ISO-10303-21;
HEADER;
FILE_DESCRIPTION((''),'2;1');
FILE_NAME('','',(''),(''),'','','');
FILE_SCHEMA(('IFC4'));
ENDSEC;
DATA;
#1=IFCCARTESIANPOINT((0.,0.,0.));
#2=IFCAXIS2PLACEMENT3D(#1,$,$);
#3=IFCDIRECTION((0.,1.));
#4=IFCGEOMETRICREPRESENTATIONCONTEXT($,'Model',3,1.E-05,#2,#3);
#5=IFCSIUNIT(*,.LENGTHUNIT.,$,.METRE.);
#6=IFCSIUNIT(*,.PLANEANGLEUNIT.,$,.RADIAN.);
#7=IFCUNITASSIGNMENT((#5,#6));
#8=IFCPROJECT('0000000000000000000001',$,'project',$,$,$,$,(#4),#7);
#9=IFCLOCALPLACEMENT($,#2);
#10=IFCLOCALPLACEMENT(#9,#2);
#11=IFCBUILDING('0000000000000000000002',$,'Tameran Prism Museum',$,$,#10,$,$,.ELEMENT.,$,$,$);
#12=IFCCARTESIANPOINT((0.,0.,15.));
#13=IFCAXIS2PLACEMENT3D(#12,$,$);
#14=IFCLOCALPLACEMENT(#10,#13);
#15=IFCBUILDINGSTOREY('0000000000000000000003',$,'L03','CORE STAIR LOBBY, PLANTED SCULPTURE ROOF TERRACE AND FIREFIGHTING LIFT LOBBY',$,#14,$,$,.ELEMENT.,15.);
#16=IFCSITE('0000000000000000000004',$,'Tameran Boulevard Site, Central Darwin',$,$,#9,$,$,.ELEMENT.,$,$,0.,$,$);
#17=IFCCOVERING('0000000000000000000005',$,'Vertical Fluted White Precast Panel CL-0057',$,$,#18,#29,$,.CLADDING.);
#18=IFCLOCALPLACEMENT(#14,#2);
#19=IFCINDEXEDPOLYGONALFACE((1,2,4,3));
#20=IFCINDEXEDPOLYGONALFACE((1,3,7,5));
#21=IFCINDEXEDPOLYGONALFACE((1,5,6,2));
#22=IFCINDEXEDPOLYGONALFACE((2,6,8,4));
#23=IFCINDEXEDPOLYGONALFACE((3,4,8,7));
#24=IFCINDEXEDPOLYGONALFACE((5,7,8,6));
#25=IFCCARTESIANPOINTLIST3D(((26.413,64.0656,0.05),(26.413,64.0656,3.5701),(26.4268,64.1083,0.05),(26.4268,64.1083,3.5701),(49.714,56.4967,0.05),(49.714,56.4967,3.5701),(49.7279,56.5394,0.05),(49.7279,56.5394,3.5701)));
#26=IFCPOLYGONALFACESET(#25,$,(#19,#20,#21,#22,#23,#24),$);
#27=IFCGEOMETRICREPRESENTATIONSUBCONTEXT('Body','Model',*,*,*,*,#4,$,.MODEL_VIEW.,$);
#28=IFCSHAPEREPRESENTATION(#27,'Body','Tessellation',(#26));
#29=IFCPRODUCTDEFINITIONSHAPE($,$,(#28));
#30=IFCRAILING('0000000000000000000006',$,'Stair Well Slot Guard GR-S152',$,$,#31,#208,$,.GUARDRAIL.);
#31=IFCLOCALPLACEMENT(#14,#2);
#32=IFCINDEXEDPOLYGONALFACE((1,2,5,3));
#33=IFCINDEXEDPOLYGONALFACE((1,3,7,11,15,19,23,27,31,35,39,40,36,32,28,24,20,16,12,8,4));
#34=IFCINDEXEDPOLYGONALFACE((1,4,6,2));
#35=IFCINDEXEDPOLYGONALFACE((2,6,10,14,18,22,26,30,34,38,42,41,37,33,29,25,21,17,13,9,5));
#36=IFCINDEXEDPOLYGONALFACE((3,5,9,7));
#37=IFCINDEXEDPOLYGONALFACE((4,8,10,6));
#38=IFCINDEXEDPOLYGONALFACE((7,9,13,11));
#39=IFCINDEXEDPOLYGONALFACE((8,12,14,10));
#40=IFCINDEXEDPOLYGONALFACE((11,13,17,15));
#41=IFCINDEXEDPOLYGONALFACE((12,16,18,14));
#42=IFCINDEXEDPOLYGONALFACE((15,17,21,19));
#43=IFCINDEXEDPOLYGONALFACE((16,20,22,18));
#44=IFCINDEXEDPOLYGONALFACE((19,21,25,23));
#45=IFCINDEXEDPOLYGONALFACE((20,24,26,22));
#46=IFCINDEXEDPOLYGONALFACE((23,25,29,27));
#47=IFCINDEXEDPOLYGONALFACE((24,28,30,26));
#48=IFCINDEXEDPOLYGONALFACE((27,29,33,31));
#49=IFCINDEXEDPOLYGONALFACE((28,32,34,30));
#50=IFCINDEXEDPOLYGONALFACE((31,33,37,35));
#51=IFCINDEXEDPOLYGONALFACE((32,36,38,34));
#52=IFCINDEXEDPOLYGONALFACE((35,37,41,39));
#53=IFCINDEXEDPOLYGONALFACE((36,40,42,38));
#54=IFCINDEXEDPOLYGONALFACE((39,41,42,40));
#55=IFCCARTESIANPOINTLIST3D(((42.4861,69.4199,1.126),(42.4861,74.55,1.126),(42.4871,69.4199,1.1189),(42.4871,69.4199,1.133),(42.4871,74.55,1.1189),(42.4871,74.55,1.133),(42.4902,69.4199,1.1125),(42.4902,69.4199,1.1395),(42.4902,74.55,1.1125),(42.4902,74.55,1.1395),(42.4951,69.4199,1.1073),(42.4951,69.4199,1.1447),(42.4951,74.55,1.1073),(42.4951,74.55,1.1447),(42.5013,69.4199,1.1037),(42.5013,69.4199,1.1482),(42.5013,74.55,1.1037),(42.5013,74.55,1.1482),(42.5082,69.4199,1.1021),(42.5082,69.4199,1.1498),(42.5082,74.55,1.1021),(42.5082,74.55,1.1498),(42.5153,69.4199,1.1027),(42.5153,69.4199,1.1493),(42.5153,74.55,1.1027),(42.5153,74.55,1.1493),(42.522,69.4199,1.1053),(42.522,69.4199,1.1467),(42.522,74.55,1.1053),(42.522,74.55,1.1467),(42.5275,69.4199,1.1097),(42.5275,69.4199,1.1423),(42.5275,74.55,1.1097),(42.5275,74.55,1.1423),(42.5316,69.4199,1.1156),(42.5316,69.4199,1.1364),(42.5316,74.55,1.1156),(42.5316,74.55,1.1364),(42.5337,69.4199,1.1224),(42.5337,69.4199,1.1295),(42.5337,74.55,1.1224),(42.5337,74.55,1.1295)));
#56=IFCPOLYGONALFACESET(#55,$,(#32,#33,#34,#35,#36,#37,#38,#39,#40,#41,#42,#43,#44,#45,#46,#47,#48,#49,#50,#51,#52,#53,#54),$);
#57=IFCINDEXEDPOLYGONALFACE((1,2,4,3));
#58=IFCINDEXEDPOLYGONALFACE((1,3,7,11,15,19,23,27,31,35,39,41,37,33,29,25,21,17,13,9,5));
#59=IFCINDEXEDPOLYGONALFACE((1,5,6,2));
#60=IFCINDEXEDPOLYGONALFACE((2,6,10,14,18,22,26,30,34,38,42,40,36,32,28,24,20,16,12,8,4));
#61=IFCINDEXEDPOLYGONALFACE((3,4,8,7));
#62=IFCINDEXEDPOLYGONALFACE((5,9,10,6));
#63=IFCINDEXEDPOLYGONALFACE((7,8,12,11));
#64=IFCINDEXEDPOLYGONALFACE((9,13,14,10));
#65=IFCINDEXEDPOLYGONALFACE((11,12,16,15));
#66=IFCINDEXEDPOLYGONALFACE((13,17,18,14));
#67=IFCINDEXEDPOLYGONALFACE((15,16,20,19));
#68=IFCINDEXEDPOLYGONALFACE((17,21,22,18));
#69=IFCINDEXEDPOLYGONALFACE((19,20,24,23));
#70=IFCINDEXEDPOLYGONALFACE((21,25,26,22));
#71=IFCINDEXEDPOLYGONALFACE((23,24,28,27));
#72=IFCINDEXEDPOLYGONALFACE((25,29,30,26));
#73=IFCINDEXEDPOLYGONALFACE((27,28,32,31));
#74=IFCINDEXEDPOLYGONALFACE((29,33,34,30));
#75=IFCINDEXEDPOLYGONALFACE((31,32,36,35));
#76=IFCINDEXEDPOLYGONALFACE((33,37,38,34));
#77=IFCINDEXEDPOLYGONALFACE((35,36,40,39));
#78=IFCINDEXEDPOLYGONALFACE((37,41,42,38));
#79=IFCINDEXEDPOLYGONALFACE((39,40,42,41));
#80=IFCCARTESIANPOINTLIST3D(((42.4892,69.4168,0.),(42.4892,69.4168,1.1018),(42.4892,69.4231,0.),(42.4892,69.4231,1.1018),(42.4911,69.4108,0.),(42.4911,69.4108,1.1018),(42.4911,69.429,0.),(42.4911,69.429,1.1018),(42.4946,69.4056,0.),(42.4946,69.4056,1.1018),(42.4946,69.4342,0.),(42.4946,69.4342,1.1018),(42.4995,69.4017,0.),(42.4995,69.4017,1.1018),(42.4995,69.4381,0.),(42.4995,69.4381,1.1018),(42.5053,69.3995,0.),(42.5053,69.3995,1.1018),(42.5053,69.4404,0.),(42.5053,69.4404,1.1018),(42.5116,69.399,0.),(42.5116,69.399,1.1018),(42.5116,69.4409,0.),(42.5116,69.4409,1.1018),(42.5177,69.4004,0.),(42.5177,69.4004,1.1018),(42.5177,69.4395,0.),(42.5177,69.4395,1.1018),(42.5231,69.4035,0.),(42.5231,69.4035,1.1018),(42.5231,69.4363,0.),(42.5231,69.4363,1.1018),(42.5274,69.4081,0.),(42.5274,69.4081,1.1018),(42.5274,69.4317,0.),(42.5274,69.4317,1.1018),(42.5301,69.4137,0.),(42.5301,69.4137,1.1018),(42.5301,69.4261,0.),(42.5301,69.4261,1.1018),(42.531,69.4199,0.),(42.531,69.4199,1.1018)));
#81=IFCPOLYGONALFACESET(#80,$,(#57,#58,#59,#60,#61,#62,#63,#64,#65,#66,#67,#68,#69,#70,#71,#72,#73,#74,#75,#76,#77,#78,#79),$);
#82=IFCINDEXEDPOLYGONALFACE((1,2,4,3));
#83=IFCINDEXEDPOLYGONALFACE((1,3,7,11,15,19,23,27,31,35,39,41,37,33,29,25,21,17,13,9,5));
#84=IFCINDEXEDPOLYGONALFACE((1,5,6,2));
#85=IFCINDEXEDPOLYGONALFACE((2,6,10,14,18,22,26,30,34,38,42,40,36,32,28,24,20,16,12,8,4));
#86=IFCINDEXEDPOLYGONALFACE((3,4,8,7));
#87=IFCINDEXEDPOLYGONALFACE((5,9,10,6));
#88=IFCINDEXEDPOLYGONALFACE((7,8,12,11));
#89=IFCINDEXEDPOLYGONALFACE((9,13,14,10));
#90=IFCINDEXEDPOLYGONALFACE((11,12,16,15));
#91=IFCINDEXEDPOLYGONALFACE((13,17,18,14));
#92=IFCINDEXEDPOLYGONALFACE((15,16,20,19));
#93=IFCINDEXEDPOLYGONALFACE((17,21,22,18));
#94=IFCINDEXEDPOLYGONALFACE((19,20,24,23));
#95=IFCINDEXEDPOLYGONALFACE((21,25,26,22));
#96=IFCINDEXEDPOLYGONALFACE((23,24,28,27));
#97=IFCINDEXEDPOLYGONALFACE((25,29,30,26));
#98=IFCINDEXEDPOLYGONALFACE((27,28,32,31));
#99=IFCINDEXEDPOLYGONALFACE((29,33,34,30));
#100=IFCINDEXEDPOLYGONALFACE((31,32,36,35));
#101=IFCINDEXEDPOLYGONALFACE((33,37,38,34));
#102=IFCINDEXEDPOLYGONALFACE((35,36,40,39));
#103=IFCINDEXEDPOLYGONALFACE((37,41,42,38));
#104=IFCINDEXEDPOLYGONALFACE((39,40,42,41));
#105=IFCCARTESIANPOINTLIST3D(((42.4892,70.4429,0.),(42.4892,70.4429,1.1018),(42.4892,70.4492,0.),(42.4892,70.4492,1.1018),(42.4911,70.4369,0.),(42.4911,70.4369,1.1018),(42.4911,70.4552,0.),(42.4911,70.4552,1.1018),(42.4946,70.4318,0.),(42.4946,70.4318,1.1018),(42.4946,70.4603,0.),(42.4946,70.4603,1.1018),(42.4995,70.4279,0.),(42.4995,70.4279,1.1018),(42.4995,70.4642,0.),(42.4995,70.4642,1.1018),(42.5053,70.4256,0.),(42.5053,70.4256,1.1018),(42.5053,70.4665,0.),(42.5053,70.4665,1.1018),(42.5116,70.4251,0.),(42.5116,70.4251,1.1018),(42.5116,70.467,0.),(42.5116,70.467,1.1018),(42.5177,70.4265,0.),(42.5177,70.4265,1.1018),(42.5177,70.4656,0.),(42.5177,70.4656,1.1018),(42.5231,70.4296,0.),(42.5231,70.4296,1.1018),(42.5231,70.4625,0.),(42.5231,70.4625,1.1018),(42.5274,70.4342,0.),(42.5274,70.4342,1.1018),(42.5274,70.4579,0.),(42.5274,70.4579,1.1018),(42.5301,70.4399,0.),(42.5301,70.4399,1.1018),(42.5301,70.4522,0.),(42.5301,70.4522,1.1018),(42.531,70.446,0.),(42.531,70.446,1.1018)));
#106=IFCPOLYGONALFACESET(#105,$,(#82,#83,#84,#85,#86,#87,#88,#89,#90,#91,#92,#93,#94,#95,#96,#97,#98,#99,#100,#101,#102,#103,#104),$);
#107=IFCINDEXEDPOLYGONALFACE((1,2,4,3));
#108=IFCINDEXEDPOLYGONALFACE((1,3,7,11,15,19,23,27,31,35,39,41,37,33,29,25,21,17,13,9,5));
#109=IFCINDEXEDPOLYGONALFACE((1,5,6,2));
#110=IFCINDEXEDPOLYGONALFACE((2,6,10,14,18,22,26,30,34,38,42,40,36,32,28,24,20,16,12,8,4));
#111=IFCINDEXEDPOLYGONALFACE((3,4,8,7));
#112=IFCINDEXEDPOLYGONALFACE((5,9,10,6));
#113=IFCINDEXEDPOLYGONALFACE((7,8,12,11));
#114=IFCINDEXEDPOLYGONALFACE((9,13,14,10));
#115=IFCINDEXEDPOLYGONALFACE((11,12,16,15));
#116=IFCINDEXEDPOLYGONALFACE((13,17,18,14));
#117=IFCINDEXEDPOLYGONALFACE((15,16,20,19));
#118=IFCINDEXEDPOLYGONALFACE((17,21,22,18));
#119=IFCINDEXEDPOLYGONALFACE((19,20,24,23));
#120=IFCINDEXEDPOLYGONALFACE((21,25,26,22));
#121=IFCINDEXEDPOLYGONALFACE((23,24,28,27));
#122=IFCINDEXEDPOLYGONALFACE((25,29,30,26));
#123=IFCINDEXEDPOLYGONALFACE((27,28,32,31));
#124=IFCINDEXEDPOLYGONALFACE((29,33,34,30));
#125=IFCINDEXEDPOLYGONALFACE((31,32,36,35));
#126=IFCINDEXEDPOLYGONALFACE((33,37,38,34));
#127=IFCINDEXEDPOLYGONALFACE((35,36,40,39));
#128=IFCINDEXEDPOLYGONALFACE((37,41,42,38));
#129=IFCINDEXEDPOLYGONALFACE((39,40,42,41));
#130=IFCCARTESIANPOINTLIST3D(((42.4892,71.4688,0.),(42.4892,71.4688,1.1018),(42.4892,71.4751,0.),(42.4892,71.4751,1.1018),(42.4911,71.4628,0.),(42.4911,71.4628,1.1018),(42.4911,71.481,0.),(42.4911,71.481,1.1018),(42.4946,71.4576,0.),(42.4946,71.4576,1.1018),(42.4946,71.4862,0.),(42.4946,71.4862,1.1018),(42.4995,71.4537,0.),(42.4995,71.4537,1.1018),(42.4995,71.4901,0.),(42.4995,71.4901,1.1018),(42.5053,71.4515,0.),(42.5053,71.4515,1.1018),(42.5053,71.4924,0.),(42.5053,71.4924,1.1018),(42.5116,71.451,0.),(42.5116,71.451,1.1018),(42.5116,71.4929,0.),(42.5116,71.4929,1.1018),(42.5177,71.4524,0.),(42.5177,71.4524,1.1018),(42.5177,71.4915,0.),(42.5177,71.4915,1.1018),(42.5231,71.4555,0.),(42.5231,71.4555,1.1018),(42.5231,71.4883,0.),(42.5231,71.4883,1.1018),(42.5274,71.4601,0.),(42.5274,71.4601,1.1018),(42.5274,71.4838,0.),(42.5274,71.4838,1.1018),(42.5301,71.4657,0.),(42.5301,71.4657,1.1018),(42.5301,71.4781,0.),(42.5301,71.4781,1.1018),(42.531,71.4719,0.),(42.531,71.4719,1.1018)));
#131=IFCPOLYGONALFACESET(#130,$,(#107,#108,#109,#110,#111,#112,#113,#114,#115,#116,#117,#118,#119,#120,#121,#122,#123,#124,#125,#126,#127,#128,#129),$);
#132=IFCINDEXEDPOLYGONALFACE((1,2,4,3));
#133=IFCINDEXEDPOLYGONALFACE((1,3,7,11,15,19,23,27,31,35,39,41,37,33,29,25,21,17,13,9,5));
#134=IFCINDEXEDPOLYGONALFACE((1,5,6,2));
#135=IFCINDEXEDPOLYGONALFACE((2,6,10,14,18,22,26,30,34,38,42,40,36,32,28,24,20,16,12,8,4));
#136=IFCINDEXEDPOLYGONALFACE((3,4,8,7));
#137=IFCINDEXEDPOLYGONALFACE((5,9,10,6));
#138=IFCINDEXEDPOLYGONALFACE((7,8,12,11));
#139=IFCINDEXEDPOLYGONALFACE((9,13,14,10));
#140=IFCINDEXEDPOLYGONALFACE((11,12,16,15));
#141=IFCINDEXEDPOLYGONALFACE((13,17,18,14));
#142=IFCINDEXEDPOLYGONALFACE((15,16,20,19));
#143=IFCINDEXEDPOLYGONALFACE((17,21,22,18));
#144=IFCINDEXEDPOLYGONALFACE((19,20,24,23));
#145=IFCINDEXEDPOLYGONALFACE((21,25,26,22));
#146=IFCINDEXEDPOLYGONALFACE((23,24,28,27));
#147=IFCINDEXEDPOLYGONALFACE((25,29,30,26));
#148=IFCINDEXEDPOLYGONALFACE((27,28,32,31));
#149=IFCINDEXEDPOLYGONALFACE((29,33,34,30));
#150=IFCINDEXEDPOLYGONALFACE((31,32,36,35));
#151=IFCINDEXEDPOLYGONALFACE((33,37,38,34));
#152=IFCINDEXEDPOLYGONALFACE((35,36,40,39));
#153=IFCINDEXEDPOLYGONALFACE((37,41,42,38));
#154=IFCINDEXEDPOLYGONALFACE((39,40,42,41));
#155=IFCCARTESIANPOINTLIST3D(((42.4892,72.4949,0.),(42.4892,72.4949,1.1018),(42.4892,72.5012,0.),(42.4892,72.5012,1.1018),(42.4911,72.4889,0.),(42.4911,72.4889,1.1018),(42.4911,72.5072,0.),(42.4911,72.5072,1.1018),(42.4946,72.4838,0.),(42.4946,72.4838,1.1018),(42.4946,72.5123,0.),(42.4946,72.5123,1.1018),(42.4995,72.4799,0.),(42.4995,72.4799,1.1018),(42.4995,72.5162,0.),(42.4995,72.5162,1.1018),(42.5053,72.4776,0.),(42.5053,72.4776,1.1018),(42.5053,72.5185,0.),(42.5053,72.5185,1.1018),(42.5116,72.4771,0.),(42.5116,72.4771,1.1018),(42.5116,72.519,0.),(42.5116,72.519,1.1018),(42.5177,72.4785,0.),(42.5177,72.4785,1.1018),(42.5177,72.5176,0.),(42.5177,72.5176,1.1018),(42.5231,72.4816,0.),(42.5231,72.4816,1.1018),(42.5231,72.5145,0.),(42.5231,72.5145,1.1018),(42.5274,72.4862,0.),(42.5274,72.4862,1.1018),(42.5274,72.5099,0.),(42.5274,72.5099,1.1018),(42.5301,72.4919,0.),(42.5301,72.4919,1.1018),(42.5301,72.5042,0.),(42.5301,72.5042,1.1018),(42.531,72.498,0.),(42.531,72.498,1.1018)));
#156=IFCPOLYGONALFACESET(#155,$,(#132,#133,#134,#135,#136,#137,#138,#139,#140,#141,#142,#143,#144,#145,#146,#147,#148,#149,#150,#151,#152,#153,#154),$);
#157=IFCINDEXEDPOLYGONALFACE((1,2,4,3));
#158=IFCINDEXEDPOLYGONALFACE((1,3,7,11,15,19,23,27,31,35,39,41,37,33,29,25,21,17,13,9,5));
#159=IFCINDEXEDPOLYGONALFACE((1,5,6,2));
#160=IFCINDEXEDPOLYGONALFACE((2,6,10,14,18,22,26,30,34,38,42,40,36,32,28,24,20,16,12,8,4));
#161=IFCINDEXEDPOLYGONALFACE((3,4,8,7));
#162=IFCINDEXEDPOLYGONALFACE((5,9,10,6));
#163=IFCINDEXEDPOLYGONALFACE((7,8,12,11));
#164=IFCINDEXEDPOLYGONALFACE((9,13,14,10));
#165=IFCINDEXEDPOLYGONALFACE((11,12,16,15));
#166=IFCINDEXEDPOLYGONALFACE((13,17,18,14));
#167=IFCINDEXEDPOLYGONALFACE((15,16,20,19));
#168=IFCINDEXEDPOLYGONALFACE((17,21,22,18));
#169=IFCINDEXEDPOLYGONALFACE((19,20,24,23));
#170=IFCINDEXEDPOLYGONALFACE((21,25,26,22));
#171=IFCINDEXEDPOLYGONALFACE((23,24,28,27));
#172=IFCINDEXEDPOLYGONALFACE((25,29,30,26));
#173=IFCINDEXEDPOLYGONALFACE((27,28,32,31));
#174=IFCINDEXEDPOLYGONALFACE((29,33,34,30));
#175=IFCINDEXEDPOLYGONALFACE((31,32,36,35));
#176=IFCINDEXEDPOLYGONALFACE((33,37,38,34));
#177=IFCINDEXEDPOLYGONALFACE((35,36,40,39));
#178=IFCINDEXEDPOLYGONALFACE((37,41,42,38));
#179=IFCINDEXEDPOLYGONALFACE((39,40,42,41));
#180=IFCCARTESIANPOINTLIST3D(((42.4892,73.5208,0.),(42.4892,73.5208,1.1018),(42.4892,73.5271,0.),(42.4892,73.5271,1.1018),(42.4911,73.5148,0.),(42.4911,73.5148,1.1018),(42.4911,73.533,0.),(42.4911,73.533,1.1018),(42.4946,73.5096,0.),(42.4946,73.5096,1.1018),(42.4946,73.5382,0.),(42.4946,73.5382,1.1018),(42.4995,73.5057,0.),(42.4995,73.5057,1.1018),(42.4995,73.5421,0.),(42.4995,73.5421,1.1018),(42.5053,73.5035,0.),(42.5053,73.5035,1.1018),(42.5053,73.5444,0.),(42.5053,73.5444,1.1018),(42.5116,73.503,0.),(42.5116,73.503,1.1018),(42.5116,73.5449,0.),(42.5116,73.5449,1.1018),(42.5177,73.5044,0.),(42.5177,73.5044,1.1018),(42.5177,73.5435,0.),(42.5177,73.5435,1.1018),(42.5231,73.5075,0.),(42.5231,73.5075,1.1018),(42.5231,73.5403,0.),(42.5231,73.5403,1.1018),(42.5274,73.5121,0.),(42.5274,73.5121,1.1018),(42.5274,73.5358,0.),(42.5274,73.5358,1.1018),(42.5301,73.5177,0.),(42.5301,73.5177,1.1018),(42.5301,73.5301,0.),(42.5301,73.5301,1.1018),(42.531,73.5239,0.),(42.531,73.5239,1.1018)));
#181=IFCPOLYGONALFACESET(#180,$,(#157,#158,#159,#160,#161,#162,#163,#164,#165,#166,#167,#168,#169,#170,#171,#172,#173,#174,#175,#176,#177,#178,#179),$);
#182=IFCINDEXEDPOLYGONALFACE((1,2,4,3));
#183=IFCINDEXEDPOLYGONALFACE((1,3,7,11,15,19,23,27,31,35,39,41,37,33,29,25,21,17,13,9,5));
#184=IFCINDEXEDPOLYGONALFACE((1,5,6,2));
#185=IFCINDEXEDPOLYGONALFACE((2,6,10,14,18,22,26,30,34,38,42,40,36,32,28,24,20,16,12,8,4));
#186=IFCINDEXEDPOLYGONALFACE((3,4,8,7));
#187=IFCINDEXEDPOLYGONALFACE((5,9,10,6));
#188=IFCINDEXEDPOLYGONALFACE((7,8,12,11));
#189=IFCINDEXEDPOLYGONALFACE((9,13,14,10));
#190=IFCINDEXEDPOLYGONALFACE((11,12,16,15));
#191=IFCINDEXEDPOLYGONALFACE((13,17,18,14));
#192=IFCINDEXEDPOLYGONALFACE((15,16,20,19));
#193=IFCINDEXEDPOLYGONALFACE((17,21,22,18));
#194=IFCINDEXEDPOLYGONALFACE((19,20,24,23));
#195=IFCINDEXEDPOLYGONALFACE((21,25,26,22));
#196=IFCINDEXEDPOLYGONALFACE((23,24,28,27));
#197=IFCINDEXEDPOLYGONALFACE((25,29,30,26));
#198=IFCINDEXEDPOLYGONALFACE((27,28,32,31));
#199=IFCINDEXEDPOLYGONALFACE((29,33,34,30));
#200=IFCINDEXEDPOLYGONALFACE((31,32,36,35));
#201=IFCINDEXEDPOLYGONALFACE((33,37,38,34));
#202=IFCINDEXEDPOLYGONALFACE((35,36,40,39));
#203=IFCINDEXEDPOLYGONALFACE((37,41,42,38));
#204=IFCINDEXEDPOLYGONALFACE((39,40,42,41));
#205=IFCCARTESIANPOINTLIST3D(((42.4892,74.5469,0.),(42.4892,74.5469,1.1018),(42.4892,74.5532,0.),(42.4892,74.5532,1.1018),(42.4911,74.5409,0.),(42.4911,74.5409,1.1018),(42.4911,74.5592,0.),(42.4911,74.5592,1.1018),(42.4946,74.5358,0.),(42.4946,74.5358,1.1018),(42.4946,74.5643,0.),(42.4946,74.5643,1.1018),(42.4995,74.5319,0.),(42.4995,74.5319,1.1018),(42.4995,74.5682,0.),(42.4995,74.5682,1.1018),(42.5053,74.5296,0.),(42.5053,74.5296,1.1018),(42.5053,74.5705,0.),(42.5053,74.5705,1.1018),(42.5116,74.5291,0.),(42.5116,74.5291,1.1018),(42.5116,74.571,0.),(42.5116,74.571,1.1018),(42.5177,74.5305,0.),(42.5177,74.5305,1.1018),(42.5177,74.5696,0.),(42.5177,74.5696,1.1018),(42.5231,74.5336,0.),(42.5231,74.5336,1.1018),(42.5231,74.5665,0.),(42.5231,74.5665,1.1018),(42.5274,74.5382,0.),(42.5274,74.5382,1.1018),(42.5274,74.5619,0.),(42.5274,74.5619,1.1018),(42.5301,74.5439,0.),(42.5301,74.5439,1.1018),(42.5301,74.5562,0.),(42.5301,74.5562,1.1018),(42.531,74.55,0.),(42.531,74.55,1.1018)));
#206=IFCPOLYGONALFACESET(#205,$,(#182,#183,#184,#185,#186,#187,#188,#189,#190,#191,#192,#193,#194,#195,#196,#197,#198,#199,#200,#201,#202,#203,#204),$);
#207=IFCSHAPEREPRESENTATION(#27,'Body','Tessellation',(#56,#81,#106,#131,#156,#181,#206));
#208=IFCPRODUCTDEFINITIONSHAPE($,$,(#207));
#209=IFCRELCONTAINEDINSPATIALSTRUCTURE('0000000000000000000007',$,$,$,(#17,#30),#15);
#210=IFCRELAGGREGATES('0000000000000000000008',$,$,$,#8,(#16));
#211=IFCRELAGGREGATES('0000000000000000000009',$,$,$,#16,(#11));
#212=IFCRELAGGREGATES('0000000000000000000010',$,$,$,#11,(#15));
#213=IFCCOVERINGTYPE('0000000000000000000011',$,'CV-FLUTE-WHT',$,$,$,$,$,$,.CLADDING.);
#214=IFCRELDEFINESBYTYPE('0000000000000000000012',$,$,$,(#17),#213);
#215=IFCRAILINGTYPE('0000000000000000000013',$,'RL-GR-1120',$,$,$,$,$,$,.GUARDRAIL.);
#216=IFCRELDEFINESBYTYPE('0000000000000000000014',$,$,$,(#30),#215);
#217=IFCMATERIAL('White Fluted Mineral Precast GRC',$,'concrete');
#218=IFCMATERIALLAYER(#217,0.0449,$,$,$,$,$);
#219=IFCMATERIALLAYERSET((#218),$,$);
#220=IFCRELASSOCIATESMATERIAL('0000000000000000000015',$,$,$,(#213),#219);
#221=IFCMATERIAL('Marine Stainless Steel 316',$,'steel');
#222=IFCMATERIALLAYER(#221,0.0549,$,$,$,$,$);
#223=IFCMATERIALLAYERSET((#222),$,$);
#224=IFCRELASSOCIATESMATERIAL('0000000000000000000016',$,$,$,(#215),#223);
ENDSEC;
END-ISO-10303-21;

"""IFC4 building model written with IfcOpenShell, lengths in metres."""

from ifc_helpers import new_model, si_unit, direction, frame, frame_2d, origin, origin_2d, place, context, subcontext, project, spatial, rectangle, circle, extrude, material, layer, layer_set, type_object, element, save


model = new_model("IFC4")

# Units and contexts
model_context = context("Model", 3, precision=1e-05, world=origin(), true_north=direction((0.0, 1.0)))
body_context = subcontext(model_context, "Body", "Model", "MODEL_VIEW")
ifc_project = project(units=[si_unit("LENGTHUNIT", "METRE"), si_unit("PLANEANGLEUNIT", "RADIAN")], contexts=[model_context])

# Site, building, storey
site_placement = place(None, origin())
site = spatial("IfcSite", under=ifc_project, at=site_placement, Name="Tameran Boulevard Site, Central Darwin", CompositionType="ELEMENT", RefElevation=0.0)
building_placement = place(site_placement, origin())
building = spatial("IfcBuilding", under=site, at=building_placement, Name="Tameran Prism Museum", CompositionType="ELEMENT")
storey_placement = place(building_placement, frame((0.0, 0.0, 15.0)))
storey = spatial("IfcBuildingStorey", under=building, at=storey_placement, Name="L03", Description="CORE STAIR LOBBY, PLANTED SCULPTURE ROOF TERRACE AND FIREFIGHTING LIFT LOBBY", CompositionType="ELEMENT", Elevation=15.0)

# Covering
ifc_material_1 = material(Name="White Fluted Mineral Precast GRC", Category="concrete")
ifc_layer_1 = layer(ifc_material_1, 0.0449)
ifc_layer_set_1 = layer_set([ifc_layer_1])
covering_type = type_object("IfcCoveringType", Name="CV-FLUTE-WHT", PredefinedType="CLADDING", material=ifc_layer_set_1)
covering_placement = place(storey_placement, frame((49.7209, 56.5181, 0.05), z_axis=(0.0, 0.0, 1.0), x_axis=(-0.951082, 0.308939, 0.0)))
element("IfcCovering", 1, at=covering_placement, inside=storey, type_object=covering_type, Name="Vertical Fluted White Precast Panel CL-0057", PredefinedType="CLADDING", context=body_context, shape_type="SweptSolid", body=[
    extrude(rectangle(XDim=24.4995, YDim=0.0449, at=frame_2d((12.2498, 0.0))), origin(), (0.0, 0.0, 1.0), 3.52),
])

# Railing
ifc_material_2 = material(Name="Marine Stainless Steel 316", Category="steel")
ifc_layer_2 = layer(ifc_material_2, 0.0549)
ifc_layer_set_2 = layer_set([ifc_layer_2])
railing_type_1 = type_object("IfcRailingType", Name="RL-GR-1120", PredefinedType="GUARDRAIL", material=ifc_layer_set_2)
railing_1_placement = place(storey_placement, frame((42.51, 69.4199, 0.0)))
element("IfcRailing", 2, at=railing_1_placement, inside=storey, type_object=railing_type_1, Name="Stair Well Slot Guard GR-S152", PredefinedType="GUARDRAIL", context=body_context, shape_type="SweptSolid", body=[
    extrude(circle(Radius=0.0239, at=origin_2d()), frame((0.0, 0.0, 1.126), z_axis=(0.0, 1.0, 0.0), x_axis=(-1.0, 0.0, 0.0)), (0.0, 0.0, 1.0), 5.1301),
    extrude(circle(Radius=0.021, at=origin_2d()), origin(), (0.0, 0.0, 1.0), 1.1018),
    extrude(circle(Radius=0.021, at=origin_2d()), frame((0.0, 1.0261, 0.0)), (0.0, 0.0, 1.0), 1.1018),
    extrude(circle(Radius=0.021, at=origin_2d()), frame((0.0, 2.052, 0.0)), (0.0, 0.0, 1.0), 1.1018),
    extrude(circle(Radius=0.021, at=origin_2d()), frame((0.0, 3.0781, 0.0)), (0.0, 0.0, 1.0), 1.1018),
    extrude(circle(Radius=0.021, at=origin_2d()), frame((0.0, 4.104, 0.0)), (0.0, 0.0, 1.0), 1.1018),
    extrude(circle(Radius=0.021, at=origin_2d()), frame((0.0, 5.1301, 0.0)), (0.0, 0.0, 1.0), 1.1018),
])

save(model, "model.ifc")
